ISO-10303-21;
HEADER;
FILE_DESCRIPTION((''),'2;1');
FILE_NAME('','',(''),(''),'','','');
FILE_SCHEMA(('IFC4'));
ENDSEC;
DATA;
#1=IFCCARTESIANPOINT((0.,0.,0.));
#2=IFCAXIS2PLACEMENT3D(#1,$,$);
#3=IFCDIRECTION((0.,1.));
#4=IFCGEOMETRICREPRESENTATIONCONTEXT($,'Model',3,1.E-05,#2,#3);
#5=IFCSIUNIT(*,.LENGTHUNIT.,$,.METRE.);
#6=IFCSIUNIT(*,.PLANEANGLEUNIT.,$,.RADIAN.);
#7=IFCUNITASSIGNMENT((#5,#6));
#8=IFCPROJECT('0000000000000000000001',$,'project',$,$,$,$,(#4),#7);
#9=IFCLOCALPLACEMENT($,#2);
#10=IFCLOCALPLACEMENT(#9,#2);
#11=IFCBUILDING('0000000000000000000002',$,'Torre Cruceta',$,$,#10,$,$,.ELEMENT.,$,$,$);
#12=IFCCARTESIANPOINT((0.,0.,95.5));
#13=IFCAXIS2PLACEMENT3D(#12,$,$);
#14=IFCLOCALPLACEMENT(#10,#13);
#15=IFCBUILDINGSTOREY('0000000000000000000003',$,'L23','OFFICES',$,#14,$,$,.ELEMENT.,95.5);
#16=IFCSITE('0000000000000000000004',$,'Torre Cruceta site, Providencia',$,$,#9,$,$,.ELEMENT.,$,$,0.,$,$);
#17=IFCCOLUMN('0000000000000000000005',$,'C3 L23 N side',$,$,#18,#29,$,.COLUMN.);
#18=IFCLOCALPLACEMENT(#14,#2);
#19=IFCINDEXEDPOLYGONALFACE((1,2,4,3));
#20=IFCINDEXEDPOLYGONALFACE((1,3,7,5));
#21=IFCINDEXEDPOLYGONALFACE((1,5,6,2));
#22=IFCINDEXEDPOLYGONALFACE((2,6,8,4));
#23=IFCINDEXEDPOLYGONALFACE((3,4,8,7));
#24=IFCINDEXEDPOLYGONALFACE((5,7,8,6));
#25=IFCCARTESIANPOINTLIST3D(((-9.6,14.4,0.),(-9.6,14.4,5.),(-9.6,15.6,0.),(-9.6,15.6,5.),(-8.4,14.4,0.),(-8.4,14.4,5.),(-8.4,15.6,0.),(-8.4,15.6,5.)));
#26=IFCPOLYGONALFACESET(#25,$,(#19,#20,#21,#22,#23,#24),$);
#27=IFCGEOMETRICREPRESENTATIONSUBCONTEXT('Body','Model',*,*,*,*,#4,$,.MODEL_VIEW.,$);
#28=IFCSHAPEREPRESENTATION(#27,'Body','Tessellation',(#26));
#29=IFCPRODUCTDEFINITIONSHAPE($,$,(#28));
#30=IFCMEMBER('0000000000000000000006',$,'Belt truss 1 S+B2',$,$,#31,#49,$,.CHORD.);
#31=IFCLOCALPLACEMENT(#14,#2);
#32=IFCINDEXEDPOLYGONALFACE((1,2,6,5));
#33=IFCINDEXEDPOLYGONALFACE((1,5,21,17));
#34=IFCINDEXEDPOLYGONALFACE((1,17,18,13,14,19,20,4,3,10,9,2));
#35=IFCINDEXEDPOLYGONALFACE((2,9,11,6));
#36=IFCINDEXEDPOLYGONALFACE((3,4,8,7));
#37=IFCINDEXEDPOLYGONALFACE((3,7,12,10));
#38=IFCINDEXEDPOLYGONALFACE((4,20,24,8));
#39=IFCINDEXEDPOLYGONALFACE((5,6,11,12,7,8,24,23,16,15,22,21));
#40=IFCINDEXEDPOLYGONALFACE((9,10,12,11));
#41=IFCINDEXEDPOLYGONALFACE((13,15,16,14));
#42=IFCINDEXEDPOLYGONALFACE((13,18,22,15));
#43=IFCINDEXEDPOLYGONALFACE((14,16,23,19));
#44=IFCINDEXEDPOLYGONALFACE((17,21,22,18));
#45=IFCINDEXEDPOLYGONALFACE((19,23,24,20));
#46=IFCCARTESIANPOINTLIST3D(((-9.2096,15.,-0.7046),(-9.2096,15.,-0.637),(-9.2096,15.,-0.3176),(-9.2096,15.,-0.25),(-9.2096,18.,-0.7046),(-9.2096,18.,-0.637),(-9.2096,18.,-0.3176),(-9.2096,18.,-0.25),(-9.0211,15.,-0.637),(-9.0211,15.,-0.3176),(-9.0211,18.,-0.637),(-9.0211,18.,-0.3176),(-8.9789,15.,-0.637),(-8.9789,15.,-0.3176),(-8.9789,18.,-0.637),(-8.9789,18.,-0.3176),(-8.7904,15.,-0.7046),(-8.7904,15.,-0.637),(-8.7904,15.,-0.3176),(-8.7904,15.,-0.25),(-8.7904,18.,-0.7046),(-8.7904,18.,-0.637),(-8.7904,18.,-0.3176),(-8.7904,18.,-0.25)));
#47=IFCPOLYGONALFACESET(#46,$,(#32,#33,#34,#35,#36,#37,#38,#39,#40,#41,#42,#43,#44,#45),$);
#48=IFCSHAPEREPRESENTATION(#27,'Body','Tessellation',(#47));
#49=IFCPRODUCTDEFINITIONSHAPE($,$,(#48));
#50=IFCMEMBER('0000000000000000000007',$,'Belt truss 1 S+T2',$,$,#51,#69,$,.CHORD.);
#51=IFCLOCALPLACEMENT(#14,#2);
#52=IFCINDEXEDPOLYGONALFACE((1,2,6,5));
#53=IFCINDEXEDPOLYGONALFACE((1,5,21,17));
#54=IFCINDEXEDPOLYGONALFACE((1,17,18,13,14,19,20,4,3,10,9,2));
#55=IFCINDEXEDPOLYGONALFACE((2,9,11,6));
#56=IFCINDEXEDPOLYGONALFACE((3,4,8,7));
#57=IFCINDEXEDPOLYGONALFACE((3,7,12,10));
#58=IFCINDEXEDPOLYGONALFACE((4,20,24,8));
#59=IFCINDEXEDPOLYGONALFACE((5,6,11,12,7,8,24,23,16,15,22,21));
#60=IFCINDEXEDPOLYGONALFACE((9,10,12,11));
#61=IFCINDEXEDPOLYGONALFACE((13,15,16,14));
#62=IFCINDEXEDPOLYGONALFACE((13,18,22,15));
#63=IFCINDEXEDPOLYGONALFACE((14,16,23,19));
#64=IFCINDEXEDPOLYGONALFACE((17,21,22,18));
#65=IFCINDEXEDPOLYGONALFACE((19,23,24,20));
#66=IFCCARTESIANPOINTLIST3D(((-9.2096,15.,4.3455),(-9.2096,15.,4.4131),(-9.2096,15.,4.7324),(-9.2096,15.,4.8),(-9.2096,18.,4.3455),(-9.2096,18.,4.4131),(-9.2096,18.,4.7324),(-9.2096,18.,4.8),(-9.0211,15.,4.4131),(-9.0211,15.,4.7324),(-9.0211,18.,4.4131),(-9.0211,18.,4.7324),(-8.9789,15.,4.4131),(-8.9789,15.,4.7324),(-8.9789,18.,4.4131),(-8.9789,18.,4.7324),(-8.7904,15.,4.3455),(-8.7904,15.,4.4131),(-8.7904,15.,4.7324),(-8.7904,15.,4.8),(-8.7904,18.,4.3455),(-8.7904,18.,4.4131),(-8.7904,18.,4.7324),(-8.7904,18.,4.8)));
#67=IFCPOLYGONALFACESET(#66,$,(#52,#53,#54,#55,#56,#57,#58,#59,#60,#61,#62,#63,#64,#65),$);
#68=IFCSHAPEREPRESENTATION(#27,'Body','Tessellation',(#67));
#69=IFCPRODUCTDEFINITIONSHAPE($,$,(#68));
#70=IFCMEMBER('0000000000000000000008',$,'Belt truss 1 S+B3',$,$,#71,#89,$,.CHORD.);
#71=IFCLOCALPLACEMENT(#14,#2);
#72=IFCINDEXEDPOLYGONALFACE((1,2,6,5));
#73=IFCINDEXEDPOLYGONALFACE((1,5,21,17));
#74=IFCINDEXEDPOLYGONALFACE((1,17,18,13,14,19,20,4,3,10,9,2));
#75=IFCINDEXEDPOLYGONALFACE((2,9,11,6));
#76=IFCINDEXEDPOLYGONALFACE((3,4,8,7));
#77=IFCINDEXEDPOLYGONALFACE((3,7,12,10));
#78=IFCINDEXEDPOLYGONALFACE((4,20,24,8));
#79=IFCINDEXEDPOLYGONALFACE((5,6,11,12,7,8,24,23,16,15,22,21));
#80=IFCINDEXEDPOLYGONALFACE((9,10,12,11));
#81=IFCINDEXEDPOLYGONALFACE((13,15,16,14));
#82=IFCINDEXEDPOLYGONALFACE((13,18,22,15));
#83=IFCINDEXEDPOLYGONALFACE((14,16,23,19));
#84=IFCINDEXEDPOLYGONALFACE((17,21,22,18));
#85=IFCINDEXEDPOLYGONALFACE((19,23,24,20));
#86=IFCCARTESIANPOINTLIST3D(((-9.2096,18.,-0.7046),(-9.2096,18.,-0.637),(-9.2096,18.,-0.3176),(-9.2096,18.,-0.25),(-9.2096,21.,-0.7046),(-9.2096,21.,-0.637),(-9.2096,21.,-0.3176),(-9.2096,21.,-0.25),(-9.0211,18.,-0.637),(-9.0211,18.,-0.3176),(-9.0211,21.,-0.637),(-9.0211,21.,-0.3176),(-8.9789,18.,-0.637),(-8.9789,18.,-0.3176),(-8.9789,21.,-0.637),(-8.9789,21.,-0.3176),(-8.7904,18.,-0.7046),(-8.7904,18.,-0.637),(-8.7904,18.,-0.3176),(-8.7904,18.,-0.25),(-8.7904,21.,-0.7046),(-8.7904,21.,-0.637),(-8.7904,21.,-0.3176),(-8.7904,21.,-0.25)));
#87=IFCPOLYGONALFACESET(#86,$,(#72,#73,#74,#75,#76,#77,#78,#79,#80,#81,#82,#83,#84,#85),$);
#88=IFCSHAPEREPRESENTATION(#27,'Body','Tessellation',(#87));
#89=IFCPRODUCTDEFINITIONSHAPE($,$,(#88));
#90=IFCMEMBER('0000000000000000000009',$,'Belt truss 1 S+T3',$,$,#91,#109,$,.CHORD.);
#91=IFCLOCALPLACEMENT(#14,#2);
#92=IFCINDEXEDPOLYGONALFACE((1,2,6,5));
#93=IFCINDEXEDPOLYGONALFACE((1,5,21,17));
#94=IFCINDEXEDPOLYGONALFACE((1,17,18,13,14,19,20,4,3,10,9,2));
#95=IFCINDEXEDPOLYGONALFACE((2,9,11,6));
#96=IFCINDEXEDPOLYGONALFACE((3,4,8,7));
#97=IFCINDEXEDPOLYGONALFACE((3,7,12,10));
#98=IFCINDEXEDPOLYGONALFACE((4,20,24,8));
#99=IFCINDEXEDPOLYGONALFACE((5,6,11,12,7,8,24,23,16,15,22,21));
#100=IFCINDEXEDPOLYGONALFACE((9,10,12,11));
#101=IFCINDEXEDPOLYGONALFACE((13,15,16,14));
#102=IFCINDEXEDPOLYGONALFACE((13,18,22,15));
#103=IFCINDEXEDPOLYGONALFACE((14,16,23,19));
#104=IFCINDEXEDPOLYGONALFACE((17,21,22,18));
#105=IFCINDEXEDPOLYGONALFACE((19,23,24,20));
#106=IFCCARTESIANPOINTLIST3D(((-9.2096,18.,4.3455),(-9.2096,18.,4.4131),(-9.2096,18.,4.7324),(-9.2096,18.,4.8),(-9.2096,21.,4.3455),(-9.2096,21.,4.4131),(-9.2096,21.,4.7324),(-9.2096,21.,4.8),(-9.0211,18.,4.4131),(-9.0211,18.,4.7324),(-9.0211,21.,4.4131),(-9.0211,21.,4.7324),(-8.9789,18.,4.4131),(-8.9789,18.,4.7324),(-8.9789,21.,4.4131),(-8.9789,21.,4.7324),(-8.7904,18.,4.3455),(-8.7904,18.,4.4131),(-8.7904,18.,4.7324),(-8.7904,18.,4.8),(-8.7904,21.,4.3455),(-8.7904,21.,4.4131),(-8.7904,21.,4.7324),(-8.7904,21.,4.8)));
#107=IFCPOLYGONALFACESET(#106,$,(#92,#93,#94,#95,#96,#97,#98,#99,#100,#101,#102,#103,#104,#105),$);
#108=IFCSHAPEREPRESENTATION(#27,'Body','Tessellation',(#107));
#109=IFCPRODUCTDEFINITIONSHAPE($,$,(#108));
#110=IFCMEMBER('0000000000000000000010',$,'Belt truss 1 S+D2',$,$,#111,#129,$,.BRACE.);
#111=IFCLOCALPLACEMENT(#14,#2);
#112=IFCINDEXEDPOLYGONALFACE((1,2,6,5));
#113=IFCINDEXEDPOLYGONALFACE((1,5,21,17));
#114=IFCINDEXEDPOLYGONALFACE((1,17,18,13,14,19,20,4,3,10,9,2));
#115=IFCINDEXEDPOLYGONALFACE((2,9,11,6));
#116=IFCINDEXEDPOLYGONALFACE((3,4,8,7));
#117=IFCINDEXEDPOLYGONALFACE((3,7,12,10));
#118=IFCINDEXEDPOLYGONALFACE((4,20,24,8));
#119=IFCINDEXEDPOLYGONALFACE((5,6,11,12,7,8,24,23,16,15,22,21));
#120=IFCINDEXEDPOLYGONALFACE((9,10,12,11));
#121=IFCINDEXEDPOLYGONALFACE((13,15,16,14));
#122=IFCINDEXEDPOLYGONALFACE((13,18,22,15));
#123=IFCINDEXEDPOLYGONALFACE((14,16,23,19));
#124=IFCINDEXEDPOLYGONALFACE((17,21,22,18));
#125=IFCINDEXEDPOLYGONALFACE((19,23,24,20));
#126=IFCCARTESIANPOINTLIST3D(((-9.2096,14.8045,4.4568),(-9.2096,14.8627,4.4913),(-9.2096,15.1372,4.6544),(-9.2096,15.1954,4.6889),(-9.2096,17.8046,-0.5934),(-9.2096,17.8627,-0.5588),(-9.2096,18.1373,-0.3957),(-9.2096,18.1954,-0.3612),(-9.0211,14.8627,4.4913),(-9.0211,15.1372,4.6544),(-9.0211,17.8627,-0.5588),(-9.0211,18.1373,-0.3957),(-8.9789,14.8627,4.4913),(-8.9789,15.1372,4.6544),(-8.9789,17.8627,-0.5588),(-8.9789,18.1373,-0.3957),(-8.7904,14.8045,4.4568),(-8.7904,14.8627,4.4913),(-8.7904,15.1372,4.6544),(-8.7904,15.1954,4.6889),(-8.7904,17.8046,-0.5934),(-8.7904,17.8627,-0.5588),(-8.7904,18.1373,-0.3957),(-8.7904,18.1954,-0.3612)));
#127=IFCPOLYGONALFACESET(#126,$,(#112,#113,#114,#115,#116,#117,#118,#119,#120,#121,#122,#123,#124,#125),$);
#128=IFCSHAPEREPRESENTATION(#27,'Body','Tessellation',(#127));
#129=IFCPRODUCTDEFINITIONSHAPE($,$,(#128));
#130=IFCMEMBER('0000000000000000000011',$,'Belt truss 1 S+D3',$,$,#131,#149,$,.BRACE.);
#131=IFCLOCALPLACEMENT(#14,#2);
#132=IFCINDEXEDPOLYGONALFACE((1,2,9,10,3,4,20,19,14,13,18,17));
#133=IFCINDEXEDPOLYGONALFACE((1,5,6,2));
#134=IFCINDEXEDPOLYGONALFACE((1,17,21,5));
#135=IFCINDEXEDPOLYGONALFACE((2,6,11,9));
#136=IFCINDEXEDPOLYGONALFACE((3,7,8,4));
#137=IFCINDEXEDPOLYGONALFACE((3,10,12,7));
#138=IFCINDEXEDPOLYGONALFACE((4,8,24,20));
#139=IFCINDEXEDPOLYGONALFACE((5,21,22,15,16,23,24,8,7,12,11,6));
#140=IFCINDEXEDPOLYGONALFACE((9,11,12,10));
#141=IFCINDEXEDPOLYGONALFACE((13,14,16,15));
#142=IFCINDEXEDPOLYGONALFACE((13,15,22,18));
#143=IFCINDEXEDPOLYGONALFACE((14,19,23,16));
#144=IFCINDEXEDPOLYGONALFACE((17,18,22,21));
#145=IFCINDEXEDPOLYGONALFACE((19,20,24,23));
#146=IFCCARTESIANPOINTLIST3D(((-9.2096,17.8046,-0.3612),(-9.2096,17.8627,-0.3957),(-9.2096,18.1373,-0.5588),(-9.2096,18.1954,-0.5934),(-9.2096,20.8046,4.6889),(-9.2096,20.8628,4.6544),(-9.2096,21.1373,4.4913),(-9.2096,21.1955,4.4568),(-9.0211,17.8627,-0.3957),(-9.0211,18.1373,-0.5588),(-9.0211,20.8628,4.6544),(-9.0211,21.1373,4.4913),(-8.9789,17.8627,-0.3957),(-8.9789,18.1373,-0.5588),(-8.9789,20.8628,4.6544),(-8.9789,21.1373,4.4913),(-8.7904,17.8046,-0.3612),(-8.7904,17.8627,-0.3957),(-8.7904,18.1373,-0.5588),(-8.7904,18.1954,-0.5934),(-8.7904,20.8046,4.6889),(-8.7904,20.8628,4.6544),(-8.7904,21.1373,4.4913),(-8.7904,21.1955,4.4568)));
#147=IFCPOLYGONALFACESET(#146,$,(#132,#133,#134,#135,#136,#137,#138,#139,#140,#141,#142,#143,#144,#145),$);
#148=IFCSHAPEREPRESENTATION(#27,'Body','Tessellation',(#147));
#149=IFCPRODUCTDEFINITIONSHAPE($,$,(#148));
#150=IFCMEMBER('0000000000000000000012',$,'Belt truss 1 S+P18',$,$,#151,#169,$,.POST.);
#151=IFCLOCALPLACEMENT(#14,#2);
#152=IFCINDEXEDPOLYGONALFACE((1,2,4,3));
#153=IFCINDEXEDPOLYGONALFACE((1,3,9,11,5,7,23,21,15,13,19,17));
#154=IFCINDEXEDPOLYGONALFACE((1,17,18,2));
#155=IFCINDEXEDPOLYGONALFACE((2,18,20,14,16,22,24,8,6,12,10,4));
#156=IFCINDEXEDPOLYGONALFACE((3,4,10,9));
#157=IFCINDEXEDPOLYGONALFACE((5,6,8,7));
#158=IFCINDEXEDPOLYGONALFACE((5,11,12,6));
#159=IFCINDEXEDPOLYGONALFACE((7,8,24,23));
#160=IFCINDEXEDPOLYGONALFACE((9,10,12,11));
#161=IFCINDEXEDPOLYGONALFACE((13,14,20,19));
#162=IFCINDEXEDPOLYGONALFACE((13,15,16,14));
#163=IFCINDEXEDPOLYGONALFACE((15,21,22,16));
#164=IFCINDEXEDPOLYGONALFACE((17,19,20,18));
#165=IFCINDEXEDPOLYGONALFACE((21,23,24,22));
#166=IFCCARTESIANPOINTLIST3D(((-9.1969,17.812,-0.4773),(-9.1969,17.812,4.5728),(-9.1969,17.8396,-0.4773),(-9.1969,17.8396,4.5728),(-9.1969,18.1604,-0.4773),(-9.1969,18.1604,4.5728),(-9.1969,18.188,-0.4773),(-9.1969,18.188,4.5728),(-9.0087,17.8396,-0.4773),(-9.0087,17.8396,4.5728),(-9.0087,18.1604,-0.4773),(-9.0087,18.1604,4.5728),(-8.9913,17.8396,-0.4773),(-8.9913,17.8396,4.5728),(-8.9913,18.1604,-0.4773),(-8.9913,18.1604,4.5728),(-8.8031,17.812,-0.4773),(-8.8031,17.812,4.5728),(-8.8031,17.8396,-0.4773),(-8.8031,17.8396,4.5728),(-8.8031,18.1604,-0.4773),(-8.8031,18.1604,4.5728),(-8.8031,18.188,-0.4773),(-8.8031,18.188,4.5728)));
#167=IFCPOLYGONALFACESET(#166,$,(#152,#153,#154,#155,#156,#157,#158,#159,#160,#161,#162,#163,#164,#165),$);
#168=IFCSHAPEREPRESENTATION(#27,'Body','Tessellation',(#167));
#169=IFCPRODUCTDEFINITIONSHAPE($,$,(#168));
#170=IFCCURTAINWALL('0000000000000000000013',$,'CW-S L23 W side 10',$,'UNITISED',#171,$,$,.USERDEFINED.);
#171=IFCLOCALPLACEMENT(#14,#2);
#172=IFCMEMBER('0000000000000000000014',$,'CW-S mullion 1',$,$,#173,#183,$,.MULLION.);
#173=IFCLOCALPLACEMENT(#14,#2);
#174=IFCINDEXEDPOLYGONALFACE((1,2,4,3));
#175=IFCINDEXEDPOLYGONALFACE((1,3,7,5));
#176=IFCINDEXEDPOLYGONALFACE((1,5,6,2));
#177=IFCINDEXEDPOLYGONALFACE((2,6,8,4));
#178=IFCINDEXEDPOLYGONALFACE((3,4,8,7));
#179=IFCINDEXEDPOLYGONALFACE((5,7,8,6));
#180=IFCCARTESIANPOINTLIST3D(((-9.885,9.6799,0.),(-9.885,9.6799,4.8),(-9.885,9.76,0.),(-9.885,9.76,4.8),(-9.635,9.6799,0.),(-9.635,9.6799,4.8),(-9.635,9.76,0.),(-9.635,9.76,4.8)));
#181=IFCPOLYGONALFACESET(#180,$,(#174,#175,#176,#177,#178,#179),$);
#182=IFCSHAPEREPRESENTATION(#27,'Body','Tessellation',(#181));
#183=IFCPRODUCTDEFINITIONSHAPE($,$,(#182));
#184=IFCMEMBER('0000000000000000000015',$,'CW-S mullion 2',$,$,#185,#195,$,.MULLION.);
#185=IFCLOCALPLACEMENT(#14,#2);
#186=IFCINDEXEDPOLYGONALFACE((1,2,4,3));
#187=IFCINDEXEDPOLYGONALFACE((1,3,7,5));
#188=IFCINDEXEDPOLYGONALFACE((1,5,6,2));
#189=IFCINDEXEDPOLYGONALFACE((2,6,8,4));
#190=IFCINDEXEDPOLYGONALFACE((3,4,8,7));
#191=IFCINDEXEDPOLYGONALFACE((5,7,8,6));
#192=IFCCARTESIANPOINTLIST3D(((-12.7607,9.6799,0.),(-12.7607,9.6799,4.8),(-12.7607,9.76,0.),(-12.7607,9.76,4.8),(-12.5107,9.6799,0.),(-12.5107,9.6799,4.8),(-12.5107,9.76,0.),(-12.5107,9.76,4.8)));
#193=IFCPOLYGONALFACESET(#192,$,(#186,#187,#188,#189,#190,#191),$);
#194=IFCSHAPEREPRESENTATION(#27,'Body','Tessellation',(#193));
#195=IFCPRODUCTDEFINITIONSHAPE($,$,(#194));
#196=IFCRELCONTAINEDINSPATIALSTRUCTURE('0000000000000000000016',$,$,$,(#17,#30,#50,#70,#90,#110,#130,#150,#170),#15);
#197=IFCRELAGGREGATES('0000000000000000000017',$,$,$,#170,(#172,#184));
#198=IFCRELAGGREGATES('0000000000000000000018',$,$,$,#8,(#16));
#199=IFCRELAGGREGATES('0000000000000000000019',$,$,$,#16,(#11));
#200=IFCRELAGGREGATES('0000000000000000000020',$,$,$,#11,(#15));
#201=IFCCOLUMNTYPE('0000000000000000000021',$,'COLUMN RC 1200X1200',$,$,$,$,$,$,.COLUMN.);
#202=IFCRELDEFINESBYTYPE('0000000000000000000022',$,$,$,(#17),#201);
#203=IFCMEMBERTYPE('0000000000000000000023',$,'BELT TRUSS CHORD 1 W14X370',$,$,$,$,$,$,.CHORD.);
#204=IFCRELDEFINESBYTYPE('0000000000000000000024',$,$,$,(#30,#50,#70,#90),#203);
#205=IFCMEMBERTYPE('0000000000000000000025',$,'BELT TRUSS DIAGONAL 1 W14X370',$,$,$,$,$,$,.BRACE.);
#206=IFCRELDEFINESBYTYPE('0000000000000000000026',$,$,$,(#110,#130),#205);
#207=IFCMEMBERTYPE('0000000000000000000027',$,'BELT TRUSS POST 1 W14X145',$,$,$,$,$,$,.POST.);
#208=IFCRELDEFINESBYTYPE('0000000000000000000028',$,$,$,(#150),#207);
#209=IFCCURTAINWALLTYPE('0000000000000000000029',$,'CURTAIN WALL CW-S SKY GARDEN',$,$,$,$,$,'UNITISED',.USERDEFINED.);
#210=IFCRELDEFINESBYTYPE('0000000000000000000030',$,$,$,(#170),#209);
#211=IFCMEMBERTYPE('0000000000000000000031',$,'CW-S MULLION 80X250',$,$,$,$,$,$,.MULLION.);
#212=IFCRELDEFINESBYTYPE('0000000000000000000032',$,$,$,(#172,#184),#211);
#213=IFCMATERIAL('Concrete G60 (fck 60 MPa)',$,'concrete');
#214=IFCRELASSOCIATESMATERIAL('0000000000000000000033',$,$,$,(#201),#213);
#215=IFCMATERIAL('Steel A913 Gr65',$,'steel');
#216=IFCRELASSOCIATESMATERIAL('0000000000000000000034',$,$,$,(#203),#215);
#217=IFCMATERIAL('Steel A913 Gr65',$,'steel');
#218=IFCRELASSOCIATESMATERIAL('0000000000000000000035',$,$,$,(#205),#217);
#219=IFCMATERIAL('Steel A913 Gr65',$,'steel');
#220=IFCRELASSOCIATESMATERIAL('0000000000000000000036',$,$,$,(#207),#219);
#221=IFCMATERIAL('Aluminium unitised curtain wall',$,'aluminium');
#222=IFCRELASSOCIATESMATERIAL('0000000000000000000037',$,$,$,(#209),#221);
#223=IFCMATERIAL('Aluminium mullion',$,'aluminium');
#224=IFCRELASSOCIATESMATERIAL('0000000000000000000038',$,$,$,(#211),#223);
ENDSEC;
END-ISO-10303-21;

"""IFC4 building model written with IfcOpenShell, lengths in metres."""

from ifc_helpers import new_model, si_unit, direction, frame, origin, origin_2d, place, context, subcontext, project, spatial, rectangle, i_section, extrude, material, material_profile, profile_set, type_object, element, aggregate, save


model = new_model("IFC4")

# Units and contexts
model_context = context("Model", 3, precision=1e-05, world=origin(), true_north=direction((0.0, 1.0)))
body_context = subcontext(model_context, "Body", "Model", "MODEL_VIEW")
ifc_project = project(units=[si_unit("LENGTHUNIT", "METRE"), si_unit("PLANEANGLEUNIT", "RADIAN")], contexts=[model_context])

# Site, building, storey
site_placement = place(None, origin())
site = spatial("IfcSite", under=ifc_project, at=site_placement, Name="Torre Cruceta site, Providencia", CompositionType="ELEMENT", RefElevation=0.0)
building_placement = place(site_placement, origin())
building = spatial("IfcBuilding", under=site, at=building_placement, Name="Torre Cruceta", CompositionType="ELEMENT")
storey_placement = place(building_placement, frame((0.0, 0.0, 95.5)))
storey = spatial("IfcBuildingStorey", under=building, at=storey_placement, Name="L23", Description="OFFICES", CompositionType="ELEMENT", Elevation=95.5)

# Column
ifc_material_1 = material(Name="Concrete G60 (fck 60 MPa)", Category="concrete")
ifc_material_profile_1 = material_profile(ifc_material_1, rectangle(XDim=1.2, YDim=1.2, at=origin_2d()), Name="RC 1200X1200")
ifc_profile_set_1 = profile_set([ifc_material_profile_1], Name="Concrete G60 (fck 60 MPa)")
column_type = type_object("IfcColumnType", Name="COLUMN RC 1200X1200", PredefinedType="COLUMN", material=ifc_profile_set_1)
column_placement = place(storey_placement, frame((-9.0, 15.0, 0.0), z_axis=(0.0, 0.0, 1.0), x_axis=(1.0, 0.0, 0.0)))
element("IfcColumn", 1, at=column_placement, inside=storey, type_object=column_type, Name="C3 L23 N side", PredefinedType="COLUMN", context=body_context, shape_type="SweptSolid", body=[
    extrude(rectangle(XDim=1.2, YDim=1.2, at=origin_2d()), origin(), (0.0, 0.0, 1.0), 5.0),
])

# Members
ifc_material_2 = material(Name="Steel A913 Gr65", Category="steel")
ifc_material_profile_2 = material_profile(ifc_material_2, i_section(OverallWidth=0.4192, OverallDepth=0.4546, WebThickness=0.0422, FlangeThickness=0.0676, at=origin_2d()), Name="W14X370")
ifc_profile_set_2 = profile_set([ifc_material_profile_2], Name="Steel A913 Gr65")
member_type_1 = type_object("IfcMemberType", Name="BELT TRUSS CHORD 1 W14X370", PredefinedType="CHORD", material=ifc_profile_set_2)
for number, where, z_axis, x_axis, name in (
    (2, (-9.0, 15.0, -0.4773), (0.0, 1.0, 0.0), (-1.0, 0.0, 0.0), "Belt truss 1 S+B2"),
    (3, (-9.0, 15.0, 4.5728), (0.0, 1.0, 0.0), (-1.0, 0.0, 0.0), "Belt truss 1 S+T2"),
    (4, (-9.0, 18.0, -0.4773), (0.0, 1.0, 0.0), (-1.0, 0.0, 0.0), "Belt truss 1 S+B3"),
    (5, (-9.0, 18.0, 4.5728), (0.0, 1.0, 0.0), (-1.0, 0.0, 0.0), "Belt truss 1 S+T3"),
):
    element("IfcMember", number, at=place(storey_placement, frame(where, z_axis=z_axis, x_axis=x_axis)), inside=storey, type_object=member_type_1, Name=name, PredefinedType="CHORD", context=body_context, shape_type="SweptSolid", body=[
        extrude(i_section(OverallWidth=0.4192, OverallDepth=0.4546, WebThickness=0.0422, FlangeThickness=0.0676, at=origin_2d()), origin(), (0.0, 0.0, 1.0), 3.0),
    ])
ifc_material_3 = material(Name="Steel A913 Gr65", Category="steel")
ifc_material_profile_3 = material_profile(ifc_material_3, i_section(OverallWidth=0.4192, OverallDepth=0.4546, WebThickness=0.0422, FlangeThickness=0.0676, at=origin_2d()), Name="W14X370")
ifc_profile_set_3 = profile_set([ifc_material_profile_3], Name="Steel A913 Gr65")
member_type_2 = type_object("IfcMemberType", Name="BELT TRUSS DIAGONAL 1 W14X370", PredefinedType="BRACE", material=ifc_profile_set_3)
for number, where, z_axis, x_axis, name in (
    (6, (-9.0, 18.0, -0.4773), (0.0, -0.510732, 0.85974), (1.0, 0.0, 0.0), "Belt truss 1 S+D2"),
    (7, (-9.0, 18.0, -0.4773), (0.0, 0.510732, 0.85974), (-1.0, 0.0, 0.0), "Belt truss 1 S+D3"),
):
    element("IfcMember", number, at=place(storey_placement, frame(where, z_axis=z_axis, x_axis=x_axis)), inside=storey, type_object=member_type_2, Name=name, PredefinedType="BRACE", context=body_context, shape_type="SweptSolid", body=[
        extrude(i_section(OverallWidth=0.4192, OverallDepth=0.4546, WebThickness=0.0422, FlangeThickness=0.0676, at=origin_2d()), origin(), (0.0, 0.0, 1.0), 5.874),
    ])
ifc_material_4 = material(Name="Steel A913 Gr65", Category="steel")
ifc_material_profile_4 = material_profile(ifc_material_4, i_section(OverallWidth=0.3938, OverallDepth=0.376, WebThickness=0.0173, FlangeThickness=0.0276, at=origin_2d()), Name="W14X145")
ifc_profile_set_4 = profile_set([ifc_material_profile_4], Name="Steel A913 Gr65")
member_type_3 = type_object("IfcMemberType", Name="BELT TRUSS POST 1 W14X145", PredefinedType="POST", material=ifc_profile_set_4)
member_1_placement = place(storey_placement, frame((-9.0, 18.0, -0.4773), z_axis=(0.0, 0.0, 1.0), x_axis=(1.0, 0.0, 0.0)))
element("IfcMember", 8, at=member_1_placement, inside=storey, type_object=member_type_3, Name="Belt truss 1 S+P18", PredefinedType="POST", context=body_context, shape_type="SweptSolid", body=[
    extrude(i_section(OverallWidth=0.3938, OverallDepth=0.376, WebThickness=0.0173, FlangeThickness=0.0276, at=origin_2d()), origin(), (0.0, 0.0, 1.0), 5.05),
])

# Curtain wall, members
ifc_material_5 = material(Name="Aluminium unitised curtain wall", Category="aluminium")
curtain_wall_type = type_object("IfcCurtainWallType", Name="CURTAIN WALL CW-S SKY GARDEN", ElementType="UNITISED", PredefinedType="USERDEFINED", material=ifc_material_5)
curtain_wall_placement = place(storey_placement, origin())
curtain_wall = element("IfcCurtainWall", 9, at=curtain_wall_placement, inside=storey, type_object=curtain_wall_type, Name="CW-S L23 W side 10", ObjectType="UNITISED", PredefinedType="USERDEFINED")
ifc_material_6 = material(Name="Aluminium mullion", Category="aluminium")
ifc_material_profile_5 = material_profile(ifc_material_6, rectangle(XDim=0.0801, YDim=0.25, at=origin_2d()), Name="AL 80X250")
ifc_profile_set_5 = profile_set([ifc_material_profile_5], Name="Aluminium mullion")
member_type_4 = type_object("IfcMemberType", Name="CW-S MULLION 80X250", PredefinedType="MULLION", material=ifc_profile_set_5)
member_2_placement = place(storey_placement, frame((-9.76, 9.72, 0.0), z_axis=(0.0, 0.0, 1.0), x_axis=(0.0, -1.0, 0.0)))
member_2 = element("IfcMember", 10, at=member_2_placement, type_object=member_type_4, Name="CW-S mullion 1", PredefinedType="MULLION", context=body_context, shape_type="SweptSolid", body=[
    extrude(rectangle(XDim=0.0801, YDim=0.25, at=origin_2d()), origin(), (0.0, 0.0, 1.0), 4.8),
])
member_3_placement = place(storey_placement, frame((-12.6357, 9.72, 0.0), z_axis=(0.0, 0.0, 1.0), x_axis=(0.0, -1.0, 0.0)))
member_3 = element("IfcMember", 11, at=member_3_placement, type_object=member_type_4, Name="CW-S mullion 2", PredefinedType="MULLION", context=body_context, shape_type="SweptSolid", body=[
    extrude(rectangle(XDim=0.0801, YDim=0.25, at=origin_2d()), origin(), (0.0, 0.0, 1.0), 4.8),
])
aggregate(curtain_wall, [member_2, member_3])

save(model, "model.ifc")
